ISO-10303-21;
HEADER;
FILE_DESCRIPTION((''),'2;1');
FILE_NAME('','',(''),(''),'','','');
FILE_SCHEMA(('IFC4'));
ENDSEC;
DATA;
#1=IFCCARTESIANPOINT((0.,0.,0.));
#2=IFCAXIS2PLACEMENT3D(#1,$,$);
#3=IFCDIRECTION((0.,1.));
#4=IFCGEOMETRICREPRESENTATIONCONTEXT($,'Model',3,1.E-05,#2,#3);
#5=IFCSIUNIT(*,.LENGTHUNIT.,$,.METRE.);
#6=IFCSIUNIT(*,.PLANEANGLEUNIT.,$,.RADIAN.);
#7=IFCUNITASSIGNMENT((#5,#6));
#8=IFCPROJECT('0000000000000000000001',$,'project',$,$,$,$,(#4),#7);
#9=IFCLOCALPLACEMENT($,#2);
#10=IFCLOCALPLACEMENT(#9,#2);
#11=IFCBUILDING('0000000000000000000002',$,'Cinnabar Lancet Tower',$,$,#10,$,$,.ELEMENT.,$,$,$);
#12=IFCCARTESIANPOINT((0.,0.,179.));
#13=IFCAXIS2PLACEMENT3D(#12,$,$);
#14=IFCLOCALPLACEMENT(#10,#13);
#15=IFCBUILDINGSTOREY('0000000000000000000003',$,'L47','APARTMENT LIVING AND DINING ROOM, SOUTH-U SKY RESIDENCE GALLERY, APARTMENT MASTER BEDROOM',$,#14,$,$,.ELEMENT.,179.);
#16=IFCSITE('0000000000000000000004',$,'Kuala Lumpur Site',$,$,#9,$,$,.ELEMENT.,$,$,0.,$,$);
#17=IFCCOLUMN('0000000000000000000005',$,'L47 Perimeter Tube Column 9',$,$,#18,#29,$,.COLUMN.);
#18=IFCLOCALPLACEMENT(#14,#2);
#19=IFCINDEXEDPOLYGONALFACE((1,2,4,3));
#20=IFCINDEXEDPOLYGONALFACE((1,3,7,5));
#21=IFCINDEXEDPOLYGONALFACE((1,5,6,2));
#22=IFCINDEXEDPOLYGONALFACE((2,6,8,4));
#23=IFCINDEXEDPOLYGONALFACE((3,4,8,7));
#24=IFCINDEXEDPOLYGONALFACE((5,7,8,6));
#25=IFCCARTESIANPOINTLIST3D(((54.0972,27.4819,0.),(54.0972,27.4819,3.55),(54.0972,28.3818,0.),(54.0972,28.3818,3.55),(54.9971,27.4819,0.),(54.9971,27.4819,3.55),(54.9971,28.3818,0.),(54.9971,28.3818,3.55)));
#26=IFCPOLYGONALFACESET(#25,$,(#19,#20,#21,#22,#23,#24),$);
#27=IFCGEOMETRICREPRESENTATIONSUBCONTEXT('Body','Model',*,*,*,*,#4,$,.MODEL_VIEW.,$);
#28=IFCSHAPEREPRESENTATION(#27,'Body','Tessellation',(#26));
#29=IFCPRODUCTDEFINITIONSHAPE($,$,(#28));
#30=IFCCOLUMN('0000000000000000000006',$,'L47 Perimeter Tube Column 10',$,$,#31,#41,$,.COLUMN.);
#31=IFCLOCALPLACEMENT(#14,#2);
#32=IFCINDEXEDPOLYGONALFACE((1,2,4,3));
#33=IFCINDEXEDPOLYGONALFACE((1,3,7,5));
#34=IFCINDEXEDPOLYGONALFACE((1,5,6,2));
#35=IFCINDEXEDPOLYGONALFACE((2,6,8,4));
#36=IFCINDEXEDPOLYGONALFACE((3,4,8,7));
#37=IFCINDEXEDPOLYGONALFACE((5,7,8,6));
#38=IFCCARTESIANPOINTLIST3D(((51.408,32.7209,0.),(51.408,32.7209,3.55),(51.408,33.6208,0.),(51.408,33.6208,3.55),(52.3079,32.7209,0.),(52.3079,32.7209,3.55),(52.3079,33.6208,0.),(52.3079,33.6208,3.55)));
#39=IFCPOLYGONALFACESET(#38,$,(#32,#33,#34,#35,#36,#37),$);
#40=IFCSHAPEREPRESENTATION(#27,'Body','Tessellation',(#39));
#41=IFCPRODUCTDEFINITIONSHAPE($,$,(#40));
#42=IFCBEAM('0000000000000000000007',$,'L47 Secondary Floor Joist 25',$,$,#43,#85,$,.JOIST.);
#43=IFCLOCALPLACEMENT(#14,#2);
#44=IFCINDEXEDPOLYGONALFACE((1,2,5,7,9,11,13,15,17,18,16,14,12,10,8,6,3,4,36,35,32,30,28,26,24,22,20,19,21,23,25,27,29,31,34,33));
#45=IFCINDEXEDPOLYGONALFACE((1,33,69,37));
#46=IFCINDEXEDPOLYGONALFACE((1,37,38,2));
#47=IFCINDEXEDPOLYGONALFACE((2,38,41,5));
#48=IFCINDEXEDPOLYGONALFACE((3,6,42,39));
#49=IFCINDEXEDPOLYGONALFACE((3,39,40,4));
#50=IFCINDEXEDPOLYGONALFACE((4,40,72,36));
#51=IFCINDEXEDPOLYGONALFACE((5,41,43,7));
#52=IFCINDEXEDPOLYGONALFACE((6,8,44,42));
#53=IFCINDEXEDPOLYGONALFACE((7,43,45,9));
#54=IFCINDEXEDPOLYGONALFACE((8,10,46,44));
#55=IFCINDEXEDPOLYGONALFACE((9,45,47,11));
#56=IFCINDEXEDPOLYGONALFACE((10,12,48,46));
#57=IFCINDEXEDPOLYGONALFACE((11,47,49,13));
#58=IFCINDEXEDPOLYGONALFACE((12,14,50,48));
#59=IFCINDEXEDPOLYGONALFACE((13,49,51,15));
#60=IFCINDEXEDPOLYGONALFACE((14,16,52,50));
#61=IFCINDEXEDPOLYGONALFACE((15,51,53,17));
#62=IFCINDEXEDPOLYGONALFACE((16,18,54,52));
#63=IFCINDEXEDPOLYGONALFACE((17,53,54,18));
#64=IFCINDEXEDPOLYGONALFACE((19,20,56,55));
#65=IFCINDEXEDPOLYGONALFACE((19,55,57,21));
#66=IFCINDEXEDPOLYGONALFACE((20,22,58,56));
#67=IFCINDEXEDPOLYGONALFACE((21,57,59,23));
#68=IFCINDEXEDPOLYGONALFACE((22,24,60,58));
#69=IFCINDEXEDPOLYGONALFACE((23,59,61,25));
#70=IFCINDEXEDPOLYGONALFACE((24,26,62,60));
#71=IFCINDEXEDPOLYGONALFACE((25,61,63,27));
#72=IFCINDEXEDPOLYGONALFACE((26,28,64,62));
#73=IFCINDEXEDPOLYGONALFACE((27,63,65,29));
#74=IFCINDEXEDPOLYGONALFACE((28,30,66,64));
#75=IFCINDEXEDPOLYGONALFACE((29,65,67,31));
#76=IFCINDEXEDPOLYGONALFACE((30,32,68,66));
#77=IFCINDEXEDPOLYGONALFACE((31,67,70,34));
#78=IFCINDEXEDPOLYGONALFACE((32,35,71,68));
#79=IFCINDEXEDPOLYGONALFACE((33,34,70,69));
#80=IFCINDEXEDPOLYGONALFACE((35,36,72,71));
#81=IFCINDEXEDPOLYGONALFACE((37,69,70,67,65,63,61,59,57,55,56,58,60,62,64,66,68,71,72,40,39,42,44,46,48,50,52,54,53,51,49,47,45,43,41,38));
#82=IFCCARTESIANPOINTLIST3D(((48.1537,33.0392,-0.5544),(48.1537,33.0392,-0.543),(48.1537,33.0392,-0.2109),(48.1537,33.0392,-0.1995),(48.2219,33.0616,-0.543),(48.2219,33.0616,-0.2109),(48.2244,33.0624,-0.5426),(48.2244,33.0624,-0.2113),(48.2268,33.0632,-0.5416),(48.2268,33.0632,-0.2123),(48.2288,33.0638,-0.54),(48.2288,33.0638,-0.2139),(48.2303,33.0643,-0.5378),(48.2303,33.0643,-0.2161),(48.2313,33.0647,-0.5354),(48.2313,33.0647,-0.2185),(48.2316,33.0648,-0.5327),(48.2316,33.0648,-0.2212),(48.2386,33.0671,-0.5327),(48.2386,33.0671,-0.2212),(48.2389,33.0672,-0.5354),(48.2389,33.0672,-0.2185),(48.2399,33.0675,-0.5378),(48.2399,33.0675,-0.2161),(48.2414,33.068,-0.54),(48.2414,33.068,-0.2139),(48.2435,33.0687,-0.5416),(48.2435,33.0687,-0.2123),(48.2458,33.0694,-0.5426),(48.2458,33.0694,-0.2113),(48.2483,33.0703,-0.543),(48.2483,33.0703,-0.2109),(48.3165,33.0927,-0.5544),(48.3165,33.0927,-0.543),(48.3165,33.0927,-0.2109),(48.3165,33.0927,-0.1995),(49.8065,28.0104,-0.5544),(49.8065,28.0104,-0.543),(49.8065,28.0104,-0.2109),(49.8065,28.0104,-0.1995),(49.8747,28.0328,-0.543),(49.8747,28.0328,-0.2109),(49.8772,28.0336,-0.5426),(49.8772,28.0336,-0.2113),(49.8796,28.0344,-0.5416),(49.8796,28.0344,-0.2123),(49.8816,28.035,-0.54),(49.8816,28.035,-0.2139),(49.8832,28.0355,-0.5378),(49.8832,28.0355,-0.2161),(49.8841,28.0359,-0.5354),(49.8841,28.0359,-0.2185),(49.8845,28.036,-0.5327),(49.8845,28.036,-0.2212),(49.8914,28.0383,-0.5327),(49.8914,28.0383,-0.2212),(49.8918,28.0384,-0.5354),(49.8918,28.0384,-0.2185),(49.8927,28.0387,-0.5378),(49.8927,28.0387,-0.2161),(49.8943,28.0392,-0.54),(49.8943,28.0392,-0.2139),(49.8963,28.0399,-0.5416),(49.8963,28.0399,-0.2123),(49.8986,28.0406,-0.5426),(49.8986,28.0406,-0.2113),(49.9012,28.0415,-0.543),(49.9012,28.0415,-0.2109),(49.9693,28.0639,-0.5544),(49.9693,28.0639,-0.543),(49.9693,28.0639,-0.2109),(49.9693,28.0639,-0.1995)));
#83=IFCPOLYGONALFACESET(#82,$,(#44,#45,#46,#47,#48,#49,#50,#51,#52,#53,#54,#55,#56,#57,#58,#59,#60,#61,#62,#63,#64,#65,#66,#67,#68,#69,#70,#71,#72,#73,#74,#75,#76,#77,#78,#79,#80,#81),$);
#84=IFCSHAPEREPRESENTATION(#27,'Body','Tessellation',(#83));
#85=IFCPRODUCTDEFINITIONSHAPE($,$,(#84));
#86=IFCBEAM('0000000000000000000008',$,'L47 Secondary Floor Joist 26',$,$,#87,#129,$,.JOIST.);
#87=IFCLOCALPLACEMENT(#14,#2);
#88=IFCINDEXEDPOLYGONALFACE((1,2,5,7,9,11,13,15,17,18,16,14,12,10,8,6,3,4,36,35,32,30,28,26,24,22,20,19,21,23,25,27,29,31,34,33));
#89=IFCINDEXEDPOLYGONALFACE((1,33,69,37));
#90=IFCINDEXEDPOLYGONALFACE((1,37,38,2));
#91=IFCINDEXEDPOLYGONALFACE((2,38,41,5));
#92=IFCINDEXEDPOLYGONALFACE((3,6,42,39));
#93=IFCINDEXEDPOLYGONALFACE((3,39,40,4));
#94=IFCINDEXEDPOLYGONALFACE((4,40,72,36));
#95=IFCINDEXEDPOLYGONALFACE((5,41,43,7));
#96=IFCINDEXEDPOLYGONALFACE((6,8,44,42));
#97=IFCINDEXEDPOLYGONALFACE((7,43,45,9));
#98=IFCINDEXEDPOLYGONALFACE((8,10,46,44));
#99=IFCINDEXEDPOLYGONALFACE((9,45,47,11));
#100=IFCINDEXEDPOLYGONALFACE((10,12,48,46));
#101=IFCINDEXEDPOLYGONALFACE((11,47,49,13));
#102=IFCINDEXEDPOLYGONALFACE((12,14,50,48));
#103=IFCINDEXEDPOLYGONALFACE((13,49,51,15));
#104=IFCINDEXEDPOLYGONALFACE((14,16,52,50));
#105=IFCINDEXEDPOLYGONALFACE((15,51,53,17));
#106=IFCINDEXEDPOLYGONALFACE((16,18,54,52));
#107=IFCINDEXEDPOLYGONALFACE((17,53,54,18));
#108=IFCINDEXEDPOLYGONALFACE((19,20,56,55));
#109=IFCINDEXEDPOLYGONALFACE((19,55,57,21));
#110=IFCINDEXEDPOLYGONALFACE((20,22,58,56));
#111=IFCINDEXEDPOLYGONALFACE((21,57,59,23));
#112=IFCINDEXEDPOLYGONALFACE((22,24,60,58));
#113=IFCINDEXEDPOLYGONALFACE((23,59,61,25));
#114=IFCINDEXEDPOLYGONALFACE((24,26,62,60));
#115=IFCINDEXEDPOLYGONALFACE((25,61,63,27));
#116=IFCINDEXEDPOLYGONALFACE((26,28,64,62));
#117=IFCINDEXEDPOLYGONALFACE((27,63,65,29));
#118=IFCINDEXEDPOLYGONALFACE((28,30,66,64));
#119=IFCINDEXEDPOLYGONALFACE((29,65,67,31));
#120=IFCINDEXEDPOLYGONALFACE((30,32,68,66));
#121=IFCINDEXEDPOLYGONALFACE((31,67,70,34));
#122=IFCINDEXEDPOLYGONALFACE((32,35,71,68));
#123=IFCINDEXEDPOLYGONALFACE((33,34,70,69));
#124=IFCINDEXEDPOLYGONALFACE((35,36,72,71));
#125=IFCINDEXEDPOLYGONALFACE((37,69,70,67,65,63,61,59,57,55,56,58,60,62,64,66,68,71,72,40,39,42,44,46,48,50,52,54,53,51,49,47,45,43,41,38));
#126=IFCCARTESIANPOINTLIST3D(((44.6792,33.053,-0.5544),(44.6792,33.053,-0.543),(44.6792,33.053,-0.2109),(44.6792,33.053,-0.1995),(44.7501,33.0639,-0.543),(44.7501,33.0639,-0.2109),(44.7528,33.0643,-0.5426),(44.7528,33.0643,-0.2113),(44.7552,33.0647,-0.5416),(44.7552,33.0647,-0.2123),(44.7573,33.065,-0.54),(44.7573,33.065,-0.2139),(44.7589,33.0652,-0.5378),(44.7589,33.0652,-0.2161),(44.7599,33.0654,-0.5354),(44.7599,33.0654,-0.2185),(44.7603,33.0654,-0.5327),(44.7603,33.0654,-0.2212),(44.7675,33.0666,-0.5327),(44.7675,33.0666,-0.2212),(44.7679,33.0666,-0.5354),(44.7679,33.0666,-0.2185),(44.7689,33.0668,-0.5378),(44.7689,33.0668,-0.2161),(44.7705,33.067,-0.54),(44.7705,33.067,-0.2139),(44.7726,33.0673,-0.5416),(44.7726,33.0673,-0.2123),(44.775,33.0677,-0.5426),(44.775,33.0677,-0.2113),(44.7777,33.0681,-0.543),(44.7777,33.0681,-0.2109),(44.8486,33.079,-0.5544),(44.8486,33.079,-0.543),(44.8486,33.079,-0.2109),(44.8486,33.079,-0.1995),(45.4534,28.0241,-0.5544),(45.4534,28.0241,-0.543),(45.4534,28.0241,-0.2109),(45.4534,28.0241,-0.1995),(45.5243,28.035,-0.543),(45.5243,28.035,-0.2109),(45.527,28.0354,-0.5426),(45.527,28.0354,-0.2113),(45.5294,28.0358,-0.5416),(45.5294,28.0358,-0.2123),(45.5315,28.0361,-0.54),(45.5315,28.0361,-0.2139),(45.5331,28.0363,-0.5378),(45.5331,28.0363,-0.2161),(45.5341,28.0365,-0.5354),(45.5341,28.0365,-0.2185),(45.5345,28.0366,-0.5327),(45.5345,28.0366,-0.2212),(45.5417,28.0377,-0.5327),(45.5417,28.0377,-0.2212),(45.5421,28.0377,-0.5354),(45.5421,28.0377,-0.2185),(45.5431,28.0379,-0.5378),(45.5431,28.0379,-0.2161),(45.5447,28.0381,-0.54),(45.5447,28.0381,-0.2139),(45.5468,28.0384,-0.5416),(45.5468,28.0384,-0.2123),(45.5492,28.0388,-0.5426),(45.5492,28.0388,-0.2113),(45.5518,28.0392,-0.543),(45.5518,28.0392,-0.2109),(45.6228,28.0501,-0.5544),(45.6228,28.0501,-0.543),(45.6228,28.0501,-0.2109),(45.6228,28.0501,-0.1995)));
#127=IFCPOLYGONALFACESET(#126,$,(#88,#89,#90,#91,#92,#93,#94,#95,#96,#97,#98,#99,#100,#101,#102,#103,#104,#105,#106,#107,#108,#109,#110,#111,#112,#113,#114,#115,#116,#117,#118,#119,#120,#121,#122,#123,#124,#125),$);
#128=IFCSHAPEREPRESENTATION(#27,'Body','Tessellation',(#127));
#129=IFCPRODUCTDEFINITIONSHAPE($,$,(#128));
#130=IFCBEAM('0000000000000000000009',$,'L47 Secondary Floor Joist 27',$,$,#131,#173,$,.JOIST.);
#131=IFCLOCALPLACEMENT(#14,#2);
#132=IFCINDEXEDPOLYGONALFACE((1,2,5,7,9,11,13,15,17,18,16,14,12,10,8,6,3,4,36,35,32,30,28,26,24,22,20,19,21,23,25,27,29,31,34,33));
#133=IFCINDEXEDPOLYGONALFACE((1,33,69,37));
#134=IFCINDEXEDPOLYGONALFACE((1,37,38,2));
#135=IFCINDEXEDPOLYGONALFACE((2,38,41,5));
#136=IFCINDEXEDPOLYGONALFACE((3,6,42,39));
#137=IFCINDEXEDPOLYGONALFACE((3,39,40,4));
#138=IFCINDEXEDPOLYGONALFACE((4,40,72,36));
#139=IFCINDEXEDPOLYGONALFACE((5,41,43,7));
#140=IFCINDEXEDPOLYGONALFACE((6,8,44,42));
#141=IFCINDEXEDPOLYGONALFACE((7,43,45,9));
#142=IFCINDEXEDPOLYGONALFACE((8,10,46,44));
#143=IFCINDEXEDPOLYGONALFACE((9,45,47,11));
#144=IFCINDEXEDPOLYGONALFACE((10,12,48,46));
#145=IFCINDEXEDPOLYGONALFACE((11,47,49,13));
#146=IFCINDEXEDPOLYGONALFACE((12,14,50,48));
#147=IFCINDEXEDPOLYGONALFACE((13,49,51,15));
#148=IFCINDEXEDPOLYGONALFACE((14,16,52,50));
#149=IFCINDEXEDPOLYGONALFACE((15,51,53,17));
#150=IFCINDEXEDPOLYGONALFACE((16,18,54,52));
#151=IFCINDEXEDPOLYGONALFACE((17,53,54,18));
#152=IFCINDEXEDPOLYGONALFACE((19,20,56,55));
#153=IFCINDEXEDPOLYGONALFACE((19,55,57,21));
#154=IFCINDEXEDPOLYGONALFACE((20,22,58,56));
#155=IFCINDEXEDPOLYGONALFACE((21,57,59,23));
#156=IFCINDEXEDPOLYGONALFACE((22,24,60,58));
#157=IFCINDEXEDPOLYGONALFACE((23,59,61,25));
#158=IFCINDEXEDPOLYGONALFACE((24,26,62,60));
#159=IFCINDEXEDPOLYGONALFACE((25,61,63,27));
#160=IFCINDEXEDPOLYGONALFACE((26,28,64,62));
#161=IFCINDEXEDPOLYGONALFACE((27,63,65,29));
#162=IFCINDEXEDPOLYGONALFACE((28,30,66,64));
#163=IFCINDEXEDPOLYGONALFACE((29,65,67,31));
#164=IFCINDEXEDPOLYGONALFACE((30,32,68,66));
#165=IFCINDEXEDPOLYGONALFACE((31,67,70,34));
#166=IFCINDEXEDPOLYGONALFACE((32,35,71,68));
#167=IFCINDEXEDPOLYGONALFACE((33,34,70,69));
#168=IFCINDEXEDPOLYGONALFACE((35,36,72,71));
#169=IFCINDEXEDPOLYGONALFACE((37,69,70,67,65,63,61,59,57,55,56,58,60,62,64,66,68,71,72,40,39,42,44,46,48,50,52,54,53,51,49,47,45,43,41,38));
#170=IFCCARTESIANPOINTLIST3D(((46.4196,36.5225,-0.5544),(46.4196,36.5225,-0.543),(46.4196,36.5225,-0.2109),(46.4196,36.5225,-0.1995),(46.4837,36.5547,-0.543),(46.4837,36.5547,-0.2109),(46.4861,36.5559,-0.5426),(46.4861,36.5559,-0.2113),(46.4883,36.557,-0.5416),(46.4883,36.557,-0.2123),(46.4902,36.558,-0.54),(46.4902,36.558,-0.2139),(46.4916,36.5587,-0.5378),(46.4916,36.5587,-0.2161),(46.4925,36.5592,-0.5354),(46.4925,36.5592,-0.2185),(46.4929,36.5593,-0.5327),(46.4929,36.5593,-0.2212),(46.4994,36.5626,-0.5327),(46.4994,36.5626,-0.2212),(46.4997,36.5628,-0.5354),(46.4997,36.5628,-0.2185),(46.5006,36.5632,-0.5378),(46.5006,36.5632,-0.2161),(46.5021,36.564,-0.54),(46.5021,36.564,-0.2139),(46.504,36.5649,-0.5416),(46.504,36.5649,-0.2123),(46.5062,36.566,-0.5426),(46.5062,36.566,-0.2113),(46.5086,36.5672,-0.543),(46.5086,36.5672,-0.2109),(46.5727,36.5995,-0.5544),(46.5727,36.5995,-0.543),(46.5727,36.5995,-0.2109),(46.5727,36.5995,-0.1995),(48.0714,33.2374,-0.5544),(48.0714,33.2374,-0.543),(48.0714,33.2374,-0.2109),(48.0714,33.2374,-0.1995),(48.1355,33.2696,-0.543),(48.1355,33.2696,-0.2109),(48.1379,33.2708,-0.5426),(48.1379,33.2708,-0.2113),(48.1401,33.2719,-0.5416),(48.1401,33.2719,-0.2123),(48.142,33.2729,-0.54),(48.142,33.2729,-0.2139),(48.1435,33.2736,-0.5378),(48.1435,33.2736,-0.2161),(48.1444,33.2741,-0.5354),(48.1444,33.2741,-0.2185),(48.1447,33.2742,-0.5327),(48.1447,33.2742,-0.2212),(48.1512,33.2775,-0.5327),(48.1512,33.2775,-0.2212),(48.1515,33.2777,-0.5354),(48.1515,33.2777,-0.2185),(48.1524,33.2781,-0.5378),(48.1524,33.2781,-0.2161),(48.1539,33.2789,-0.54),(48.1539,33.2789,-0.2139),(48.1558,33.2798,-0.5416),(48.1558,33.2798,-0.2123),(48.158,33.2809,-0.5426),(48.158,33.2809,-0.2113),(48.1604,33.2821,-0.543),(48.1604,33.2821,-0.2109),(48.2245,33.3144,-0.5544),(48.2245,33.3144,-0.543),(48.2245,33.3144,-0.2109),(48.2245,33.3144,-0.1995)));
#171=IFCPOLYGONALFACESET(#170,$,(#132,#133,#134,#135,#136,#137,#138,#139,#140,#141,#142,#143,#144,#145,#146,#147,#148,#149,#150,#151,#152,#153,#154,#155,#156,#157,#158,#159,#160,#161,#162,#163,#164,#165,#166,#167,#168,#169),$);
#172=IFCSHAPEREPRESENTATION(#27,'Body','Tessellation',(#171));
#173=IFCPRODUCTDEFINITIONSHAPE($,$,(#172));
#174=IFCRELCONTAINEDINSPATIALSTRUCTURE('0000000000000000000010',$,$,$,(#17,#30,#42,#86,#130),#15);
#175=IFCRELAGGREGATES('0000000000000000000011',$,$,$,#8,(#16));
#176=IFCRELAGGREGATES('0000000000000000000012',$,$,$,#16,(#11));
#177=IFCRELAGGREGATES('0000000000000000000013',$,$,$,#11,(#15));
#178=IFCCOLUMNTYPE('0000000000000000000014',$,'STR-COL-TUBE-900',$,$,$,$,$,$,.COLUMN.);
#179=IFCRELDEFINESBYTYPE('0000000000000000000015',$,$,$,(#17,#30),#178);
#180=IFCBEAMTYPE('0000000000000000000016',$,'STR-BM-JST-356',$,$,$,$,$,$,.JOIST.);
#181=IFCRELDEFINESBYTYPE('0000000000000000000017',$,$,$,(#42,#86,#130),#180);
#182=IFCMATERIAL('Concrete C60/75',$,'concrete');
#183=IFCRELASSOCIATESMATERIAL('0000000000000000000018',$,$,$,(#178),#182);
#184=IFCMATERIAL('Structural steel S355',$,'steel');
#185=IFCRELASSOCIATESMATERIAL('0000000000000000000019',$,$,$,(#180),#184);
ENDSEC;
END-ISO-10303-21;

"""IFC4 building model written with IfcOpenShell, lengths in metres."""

from ifc_helpers import new_model, si_unit, direction, frame, origin, origin_2d, place, context, subcontext, project, spatial, rectangle, i_section, extrude, material, material_profile, profile_set, type_object, element, save


model = new_model("IFC4")

# Units and contexts
model_context = context("Model", 3, precision=1e-05, world=origin(), true_north=direction((0.0, 1.0)))
body_context = subcontext(model_context, "Body", "Model", "MODEL_VIEW")
ifc_project = project(units=[si_unit("LENGTHUNIT", "METRE"), si_unit("PLANEANGLEUNIT", "RADIAN")], contexts=[model_context])

# Site, building, storey
site_placement = place(None, origin())
site = spatial("IfcSite", under=ifc_project, at=site_placement, Name="Kuala Lumpur Site", CompositionType="ELEMENT", RefElevation=0.0)
building_placement = place(site_placement, origin())
building = spatial("IfcBuilding", under=site, at=building_placement, Name="Cinnabar Lancet Tower", CompositionType="ELEMENT")
storey_placement = place(building_placement, frame((0.0, 0.0, 179.0)))
storey = spatial("IfcBuildingStorey", under=building, at=storey_placement, Name="L47", Description="APARTMENT LIVING AND DINING ROOM, SOUTH-U SKY RESIDENCE GALLERY, APARTMENT MASTER BEDROOM", CompositionType="ELEMENT", Elevation=179.0)

# Columns
ifc_material_1 = material(Name="Concrete C60/75", Category="concrete")
ifc_material_profile_1 = material_profile(ifc_material_1, rectangle(XDim=0.8999, YDim=0.8999, at=origin_2d()), Name="RC-COL 900x900")
ifc_profile_set_1 = profile_set([ifc_material_profile_1], Name="Concrete C60/75")
column_type = type_object("IfcColumnType", Name="STR-COL-TUBE-900", PredefinedType="COLUMN", material=ifc_profile_set_1)
for number, where, z_axis, x_axis, name in (
    (1, (54.5471, 27.9319, 0.0), (0.0, 0.0, 1.0), (1.0, 0.0, 0.0), "L47 Perimeter Tube Column 9"),
    (2, (51.8579, 33.1709, 0.0), (0.0, 0.0, 1.0), (1.0, 0.0, 0.0), "L47 Perimeter Tube Column 10"),
):
    element("IfcColumn", number, at=place(storey_placement, frame(where, z_axis=z_axis, x_axis=x_axis)), inside=storey, type_object=column_type, Name=name, PredefinedType="COLUMN", context=body_context, shape_type="SweptSolid", body=[
        extrude(rectangle(XDim=0.8999, YDim=0.8999, at=origin_2d()), origin(), (0.0, 0.0, 1.0), 3.55),
    ])

# Beams
ifc_material_2 = material(Name="Structural steel S355", Category="steel")
ifc_material_profile_2 = material_profile(ifc_material_2, i_section(OverallWidth=0.1714, OverallDepth=0.355, WebThickness=0.0073, FlangeThickness=0.0115, FilletRadius=0.0103, at=origin_2d()), Name="UKB 356x171x51")
ifc_profile_set_2 = profile_set([ifc_material_profile_2], Name="Structural steel S355")
beam_type_1 = type_object("IfcBeamType", Name="STR-BM-JST-356", PredefinedType="JOIST", material=ifc_profile_set_2)
beam_1_placement = place(storey_placement, frame((49.8879, 28.0371, -0.377), z_axis=(-0.31224, 0.950003, 0.0), x_axis=(-0.950003, -0.31224, 0.0)))
element("IfcBeam", 3, at=beam_1_placement, inside=storey, type_object=beam_type_1, Name="L47 Secondary Floor Joist 25", PredefinedType="JOIST", context=body_context, shape_type="SweptSolid", body=[
    extrude(i_section(OverallWidth=0.1714, OverallDepth=0.355, WebThickness=0.0073, FlangeThickness=0.0115, FilletRadius=0.0103, at=origin_2d()), origin(), (0.0, 0.0, 1.0), 5.2935),
])
beam_2_placement = place(storey_placement, frame((45.5381, 28.0371, -0.377), z_axis=(-0.152155, 0.988357, 0.0), x_axis=(-0.988357, -0.152155, 0.0)))
element("IfcBeam", 4, at=beam_2_placement, inside=storey, type_object=beam_type_1, Name="L47 Secondary Floor Joist 26", PredefinedType="JOIST", context=body_context, shape_type="SweptSolid", body=[
    extrude(i_section(OverallWidth=0.1714, OverallDepth=0.355, WebThickness=0.0073, FlangeThickness=0.0115, FilletRadius=0.0103, at=origin_2d()), origin(), (0.0, 0.0, 1.0), 5.0881),
])
beam_3_placement = place(storey_placement, frame((48.1479, 33.2759, -0.377), z_axis=(-0.449231, 0.893416, 0.0), x_axis=(-0.893416, -0.449231, 0.0)))
element("IfcBeam", 5, at=beam_3_placement, inside=storey, type_object=beam_type_1, Name="L47 Secondary Floor Joist 27", PredefinedType="JOIST", context=body_context, shape_type="SweptSolid", body=[
    extrude(i_section(OverallWidth=0.1714, OverallDepth=0.355, WebThickness=0.0073, FlangeThickness=0.0115, FilletRadius=0.0103, at=origin_2d()), origin(), (0.0, 0.0, 1.0), 3.677),
])

save(model, "model.ifc")
